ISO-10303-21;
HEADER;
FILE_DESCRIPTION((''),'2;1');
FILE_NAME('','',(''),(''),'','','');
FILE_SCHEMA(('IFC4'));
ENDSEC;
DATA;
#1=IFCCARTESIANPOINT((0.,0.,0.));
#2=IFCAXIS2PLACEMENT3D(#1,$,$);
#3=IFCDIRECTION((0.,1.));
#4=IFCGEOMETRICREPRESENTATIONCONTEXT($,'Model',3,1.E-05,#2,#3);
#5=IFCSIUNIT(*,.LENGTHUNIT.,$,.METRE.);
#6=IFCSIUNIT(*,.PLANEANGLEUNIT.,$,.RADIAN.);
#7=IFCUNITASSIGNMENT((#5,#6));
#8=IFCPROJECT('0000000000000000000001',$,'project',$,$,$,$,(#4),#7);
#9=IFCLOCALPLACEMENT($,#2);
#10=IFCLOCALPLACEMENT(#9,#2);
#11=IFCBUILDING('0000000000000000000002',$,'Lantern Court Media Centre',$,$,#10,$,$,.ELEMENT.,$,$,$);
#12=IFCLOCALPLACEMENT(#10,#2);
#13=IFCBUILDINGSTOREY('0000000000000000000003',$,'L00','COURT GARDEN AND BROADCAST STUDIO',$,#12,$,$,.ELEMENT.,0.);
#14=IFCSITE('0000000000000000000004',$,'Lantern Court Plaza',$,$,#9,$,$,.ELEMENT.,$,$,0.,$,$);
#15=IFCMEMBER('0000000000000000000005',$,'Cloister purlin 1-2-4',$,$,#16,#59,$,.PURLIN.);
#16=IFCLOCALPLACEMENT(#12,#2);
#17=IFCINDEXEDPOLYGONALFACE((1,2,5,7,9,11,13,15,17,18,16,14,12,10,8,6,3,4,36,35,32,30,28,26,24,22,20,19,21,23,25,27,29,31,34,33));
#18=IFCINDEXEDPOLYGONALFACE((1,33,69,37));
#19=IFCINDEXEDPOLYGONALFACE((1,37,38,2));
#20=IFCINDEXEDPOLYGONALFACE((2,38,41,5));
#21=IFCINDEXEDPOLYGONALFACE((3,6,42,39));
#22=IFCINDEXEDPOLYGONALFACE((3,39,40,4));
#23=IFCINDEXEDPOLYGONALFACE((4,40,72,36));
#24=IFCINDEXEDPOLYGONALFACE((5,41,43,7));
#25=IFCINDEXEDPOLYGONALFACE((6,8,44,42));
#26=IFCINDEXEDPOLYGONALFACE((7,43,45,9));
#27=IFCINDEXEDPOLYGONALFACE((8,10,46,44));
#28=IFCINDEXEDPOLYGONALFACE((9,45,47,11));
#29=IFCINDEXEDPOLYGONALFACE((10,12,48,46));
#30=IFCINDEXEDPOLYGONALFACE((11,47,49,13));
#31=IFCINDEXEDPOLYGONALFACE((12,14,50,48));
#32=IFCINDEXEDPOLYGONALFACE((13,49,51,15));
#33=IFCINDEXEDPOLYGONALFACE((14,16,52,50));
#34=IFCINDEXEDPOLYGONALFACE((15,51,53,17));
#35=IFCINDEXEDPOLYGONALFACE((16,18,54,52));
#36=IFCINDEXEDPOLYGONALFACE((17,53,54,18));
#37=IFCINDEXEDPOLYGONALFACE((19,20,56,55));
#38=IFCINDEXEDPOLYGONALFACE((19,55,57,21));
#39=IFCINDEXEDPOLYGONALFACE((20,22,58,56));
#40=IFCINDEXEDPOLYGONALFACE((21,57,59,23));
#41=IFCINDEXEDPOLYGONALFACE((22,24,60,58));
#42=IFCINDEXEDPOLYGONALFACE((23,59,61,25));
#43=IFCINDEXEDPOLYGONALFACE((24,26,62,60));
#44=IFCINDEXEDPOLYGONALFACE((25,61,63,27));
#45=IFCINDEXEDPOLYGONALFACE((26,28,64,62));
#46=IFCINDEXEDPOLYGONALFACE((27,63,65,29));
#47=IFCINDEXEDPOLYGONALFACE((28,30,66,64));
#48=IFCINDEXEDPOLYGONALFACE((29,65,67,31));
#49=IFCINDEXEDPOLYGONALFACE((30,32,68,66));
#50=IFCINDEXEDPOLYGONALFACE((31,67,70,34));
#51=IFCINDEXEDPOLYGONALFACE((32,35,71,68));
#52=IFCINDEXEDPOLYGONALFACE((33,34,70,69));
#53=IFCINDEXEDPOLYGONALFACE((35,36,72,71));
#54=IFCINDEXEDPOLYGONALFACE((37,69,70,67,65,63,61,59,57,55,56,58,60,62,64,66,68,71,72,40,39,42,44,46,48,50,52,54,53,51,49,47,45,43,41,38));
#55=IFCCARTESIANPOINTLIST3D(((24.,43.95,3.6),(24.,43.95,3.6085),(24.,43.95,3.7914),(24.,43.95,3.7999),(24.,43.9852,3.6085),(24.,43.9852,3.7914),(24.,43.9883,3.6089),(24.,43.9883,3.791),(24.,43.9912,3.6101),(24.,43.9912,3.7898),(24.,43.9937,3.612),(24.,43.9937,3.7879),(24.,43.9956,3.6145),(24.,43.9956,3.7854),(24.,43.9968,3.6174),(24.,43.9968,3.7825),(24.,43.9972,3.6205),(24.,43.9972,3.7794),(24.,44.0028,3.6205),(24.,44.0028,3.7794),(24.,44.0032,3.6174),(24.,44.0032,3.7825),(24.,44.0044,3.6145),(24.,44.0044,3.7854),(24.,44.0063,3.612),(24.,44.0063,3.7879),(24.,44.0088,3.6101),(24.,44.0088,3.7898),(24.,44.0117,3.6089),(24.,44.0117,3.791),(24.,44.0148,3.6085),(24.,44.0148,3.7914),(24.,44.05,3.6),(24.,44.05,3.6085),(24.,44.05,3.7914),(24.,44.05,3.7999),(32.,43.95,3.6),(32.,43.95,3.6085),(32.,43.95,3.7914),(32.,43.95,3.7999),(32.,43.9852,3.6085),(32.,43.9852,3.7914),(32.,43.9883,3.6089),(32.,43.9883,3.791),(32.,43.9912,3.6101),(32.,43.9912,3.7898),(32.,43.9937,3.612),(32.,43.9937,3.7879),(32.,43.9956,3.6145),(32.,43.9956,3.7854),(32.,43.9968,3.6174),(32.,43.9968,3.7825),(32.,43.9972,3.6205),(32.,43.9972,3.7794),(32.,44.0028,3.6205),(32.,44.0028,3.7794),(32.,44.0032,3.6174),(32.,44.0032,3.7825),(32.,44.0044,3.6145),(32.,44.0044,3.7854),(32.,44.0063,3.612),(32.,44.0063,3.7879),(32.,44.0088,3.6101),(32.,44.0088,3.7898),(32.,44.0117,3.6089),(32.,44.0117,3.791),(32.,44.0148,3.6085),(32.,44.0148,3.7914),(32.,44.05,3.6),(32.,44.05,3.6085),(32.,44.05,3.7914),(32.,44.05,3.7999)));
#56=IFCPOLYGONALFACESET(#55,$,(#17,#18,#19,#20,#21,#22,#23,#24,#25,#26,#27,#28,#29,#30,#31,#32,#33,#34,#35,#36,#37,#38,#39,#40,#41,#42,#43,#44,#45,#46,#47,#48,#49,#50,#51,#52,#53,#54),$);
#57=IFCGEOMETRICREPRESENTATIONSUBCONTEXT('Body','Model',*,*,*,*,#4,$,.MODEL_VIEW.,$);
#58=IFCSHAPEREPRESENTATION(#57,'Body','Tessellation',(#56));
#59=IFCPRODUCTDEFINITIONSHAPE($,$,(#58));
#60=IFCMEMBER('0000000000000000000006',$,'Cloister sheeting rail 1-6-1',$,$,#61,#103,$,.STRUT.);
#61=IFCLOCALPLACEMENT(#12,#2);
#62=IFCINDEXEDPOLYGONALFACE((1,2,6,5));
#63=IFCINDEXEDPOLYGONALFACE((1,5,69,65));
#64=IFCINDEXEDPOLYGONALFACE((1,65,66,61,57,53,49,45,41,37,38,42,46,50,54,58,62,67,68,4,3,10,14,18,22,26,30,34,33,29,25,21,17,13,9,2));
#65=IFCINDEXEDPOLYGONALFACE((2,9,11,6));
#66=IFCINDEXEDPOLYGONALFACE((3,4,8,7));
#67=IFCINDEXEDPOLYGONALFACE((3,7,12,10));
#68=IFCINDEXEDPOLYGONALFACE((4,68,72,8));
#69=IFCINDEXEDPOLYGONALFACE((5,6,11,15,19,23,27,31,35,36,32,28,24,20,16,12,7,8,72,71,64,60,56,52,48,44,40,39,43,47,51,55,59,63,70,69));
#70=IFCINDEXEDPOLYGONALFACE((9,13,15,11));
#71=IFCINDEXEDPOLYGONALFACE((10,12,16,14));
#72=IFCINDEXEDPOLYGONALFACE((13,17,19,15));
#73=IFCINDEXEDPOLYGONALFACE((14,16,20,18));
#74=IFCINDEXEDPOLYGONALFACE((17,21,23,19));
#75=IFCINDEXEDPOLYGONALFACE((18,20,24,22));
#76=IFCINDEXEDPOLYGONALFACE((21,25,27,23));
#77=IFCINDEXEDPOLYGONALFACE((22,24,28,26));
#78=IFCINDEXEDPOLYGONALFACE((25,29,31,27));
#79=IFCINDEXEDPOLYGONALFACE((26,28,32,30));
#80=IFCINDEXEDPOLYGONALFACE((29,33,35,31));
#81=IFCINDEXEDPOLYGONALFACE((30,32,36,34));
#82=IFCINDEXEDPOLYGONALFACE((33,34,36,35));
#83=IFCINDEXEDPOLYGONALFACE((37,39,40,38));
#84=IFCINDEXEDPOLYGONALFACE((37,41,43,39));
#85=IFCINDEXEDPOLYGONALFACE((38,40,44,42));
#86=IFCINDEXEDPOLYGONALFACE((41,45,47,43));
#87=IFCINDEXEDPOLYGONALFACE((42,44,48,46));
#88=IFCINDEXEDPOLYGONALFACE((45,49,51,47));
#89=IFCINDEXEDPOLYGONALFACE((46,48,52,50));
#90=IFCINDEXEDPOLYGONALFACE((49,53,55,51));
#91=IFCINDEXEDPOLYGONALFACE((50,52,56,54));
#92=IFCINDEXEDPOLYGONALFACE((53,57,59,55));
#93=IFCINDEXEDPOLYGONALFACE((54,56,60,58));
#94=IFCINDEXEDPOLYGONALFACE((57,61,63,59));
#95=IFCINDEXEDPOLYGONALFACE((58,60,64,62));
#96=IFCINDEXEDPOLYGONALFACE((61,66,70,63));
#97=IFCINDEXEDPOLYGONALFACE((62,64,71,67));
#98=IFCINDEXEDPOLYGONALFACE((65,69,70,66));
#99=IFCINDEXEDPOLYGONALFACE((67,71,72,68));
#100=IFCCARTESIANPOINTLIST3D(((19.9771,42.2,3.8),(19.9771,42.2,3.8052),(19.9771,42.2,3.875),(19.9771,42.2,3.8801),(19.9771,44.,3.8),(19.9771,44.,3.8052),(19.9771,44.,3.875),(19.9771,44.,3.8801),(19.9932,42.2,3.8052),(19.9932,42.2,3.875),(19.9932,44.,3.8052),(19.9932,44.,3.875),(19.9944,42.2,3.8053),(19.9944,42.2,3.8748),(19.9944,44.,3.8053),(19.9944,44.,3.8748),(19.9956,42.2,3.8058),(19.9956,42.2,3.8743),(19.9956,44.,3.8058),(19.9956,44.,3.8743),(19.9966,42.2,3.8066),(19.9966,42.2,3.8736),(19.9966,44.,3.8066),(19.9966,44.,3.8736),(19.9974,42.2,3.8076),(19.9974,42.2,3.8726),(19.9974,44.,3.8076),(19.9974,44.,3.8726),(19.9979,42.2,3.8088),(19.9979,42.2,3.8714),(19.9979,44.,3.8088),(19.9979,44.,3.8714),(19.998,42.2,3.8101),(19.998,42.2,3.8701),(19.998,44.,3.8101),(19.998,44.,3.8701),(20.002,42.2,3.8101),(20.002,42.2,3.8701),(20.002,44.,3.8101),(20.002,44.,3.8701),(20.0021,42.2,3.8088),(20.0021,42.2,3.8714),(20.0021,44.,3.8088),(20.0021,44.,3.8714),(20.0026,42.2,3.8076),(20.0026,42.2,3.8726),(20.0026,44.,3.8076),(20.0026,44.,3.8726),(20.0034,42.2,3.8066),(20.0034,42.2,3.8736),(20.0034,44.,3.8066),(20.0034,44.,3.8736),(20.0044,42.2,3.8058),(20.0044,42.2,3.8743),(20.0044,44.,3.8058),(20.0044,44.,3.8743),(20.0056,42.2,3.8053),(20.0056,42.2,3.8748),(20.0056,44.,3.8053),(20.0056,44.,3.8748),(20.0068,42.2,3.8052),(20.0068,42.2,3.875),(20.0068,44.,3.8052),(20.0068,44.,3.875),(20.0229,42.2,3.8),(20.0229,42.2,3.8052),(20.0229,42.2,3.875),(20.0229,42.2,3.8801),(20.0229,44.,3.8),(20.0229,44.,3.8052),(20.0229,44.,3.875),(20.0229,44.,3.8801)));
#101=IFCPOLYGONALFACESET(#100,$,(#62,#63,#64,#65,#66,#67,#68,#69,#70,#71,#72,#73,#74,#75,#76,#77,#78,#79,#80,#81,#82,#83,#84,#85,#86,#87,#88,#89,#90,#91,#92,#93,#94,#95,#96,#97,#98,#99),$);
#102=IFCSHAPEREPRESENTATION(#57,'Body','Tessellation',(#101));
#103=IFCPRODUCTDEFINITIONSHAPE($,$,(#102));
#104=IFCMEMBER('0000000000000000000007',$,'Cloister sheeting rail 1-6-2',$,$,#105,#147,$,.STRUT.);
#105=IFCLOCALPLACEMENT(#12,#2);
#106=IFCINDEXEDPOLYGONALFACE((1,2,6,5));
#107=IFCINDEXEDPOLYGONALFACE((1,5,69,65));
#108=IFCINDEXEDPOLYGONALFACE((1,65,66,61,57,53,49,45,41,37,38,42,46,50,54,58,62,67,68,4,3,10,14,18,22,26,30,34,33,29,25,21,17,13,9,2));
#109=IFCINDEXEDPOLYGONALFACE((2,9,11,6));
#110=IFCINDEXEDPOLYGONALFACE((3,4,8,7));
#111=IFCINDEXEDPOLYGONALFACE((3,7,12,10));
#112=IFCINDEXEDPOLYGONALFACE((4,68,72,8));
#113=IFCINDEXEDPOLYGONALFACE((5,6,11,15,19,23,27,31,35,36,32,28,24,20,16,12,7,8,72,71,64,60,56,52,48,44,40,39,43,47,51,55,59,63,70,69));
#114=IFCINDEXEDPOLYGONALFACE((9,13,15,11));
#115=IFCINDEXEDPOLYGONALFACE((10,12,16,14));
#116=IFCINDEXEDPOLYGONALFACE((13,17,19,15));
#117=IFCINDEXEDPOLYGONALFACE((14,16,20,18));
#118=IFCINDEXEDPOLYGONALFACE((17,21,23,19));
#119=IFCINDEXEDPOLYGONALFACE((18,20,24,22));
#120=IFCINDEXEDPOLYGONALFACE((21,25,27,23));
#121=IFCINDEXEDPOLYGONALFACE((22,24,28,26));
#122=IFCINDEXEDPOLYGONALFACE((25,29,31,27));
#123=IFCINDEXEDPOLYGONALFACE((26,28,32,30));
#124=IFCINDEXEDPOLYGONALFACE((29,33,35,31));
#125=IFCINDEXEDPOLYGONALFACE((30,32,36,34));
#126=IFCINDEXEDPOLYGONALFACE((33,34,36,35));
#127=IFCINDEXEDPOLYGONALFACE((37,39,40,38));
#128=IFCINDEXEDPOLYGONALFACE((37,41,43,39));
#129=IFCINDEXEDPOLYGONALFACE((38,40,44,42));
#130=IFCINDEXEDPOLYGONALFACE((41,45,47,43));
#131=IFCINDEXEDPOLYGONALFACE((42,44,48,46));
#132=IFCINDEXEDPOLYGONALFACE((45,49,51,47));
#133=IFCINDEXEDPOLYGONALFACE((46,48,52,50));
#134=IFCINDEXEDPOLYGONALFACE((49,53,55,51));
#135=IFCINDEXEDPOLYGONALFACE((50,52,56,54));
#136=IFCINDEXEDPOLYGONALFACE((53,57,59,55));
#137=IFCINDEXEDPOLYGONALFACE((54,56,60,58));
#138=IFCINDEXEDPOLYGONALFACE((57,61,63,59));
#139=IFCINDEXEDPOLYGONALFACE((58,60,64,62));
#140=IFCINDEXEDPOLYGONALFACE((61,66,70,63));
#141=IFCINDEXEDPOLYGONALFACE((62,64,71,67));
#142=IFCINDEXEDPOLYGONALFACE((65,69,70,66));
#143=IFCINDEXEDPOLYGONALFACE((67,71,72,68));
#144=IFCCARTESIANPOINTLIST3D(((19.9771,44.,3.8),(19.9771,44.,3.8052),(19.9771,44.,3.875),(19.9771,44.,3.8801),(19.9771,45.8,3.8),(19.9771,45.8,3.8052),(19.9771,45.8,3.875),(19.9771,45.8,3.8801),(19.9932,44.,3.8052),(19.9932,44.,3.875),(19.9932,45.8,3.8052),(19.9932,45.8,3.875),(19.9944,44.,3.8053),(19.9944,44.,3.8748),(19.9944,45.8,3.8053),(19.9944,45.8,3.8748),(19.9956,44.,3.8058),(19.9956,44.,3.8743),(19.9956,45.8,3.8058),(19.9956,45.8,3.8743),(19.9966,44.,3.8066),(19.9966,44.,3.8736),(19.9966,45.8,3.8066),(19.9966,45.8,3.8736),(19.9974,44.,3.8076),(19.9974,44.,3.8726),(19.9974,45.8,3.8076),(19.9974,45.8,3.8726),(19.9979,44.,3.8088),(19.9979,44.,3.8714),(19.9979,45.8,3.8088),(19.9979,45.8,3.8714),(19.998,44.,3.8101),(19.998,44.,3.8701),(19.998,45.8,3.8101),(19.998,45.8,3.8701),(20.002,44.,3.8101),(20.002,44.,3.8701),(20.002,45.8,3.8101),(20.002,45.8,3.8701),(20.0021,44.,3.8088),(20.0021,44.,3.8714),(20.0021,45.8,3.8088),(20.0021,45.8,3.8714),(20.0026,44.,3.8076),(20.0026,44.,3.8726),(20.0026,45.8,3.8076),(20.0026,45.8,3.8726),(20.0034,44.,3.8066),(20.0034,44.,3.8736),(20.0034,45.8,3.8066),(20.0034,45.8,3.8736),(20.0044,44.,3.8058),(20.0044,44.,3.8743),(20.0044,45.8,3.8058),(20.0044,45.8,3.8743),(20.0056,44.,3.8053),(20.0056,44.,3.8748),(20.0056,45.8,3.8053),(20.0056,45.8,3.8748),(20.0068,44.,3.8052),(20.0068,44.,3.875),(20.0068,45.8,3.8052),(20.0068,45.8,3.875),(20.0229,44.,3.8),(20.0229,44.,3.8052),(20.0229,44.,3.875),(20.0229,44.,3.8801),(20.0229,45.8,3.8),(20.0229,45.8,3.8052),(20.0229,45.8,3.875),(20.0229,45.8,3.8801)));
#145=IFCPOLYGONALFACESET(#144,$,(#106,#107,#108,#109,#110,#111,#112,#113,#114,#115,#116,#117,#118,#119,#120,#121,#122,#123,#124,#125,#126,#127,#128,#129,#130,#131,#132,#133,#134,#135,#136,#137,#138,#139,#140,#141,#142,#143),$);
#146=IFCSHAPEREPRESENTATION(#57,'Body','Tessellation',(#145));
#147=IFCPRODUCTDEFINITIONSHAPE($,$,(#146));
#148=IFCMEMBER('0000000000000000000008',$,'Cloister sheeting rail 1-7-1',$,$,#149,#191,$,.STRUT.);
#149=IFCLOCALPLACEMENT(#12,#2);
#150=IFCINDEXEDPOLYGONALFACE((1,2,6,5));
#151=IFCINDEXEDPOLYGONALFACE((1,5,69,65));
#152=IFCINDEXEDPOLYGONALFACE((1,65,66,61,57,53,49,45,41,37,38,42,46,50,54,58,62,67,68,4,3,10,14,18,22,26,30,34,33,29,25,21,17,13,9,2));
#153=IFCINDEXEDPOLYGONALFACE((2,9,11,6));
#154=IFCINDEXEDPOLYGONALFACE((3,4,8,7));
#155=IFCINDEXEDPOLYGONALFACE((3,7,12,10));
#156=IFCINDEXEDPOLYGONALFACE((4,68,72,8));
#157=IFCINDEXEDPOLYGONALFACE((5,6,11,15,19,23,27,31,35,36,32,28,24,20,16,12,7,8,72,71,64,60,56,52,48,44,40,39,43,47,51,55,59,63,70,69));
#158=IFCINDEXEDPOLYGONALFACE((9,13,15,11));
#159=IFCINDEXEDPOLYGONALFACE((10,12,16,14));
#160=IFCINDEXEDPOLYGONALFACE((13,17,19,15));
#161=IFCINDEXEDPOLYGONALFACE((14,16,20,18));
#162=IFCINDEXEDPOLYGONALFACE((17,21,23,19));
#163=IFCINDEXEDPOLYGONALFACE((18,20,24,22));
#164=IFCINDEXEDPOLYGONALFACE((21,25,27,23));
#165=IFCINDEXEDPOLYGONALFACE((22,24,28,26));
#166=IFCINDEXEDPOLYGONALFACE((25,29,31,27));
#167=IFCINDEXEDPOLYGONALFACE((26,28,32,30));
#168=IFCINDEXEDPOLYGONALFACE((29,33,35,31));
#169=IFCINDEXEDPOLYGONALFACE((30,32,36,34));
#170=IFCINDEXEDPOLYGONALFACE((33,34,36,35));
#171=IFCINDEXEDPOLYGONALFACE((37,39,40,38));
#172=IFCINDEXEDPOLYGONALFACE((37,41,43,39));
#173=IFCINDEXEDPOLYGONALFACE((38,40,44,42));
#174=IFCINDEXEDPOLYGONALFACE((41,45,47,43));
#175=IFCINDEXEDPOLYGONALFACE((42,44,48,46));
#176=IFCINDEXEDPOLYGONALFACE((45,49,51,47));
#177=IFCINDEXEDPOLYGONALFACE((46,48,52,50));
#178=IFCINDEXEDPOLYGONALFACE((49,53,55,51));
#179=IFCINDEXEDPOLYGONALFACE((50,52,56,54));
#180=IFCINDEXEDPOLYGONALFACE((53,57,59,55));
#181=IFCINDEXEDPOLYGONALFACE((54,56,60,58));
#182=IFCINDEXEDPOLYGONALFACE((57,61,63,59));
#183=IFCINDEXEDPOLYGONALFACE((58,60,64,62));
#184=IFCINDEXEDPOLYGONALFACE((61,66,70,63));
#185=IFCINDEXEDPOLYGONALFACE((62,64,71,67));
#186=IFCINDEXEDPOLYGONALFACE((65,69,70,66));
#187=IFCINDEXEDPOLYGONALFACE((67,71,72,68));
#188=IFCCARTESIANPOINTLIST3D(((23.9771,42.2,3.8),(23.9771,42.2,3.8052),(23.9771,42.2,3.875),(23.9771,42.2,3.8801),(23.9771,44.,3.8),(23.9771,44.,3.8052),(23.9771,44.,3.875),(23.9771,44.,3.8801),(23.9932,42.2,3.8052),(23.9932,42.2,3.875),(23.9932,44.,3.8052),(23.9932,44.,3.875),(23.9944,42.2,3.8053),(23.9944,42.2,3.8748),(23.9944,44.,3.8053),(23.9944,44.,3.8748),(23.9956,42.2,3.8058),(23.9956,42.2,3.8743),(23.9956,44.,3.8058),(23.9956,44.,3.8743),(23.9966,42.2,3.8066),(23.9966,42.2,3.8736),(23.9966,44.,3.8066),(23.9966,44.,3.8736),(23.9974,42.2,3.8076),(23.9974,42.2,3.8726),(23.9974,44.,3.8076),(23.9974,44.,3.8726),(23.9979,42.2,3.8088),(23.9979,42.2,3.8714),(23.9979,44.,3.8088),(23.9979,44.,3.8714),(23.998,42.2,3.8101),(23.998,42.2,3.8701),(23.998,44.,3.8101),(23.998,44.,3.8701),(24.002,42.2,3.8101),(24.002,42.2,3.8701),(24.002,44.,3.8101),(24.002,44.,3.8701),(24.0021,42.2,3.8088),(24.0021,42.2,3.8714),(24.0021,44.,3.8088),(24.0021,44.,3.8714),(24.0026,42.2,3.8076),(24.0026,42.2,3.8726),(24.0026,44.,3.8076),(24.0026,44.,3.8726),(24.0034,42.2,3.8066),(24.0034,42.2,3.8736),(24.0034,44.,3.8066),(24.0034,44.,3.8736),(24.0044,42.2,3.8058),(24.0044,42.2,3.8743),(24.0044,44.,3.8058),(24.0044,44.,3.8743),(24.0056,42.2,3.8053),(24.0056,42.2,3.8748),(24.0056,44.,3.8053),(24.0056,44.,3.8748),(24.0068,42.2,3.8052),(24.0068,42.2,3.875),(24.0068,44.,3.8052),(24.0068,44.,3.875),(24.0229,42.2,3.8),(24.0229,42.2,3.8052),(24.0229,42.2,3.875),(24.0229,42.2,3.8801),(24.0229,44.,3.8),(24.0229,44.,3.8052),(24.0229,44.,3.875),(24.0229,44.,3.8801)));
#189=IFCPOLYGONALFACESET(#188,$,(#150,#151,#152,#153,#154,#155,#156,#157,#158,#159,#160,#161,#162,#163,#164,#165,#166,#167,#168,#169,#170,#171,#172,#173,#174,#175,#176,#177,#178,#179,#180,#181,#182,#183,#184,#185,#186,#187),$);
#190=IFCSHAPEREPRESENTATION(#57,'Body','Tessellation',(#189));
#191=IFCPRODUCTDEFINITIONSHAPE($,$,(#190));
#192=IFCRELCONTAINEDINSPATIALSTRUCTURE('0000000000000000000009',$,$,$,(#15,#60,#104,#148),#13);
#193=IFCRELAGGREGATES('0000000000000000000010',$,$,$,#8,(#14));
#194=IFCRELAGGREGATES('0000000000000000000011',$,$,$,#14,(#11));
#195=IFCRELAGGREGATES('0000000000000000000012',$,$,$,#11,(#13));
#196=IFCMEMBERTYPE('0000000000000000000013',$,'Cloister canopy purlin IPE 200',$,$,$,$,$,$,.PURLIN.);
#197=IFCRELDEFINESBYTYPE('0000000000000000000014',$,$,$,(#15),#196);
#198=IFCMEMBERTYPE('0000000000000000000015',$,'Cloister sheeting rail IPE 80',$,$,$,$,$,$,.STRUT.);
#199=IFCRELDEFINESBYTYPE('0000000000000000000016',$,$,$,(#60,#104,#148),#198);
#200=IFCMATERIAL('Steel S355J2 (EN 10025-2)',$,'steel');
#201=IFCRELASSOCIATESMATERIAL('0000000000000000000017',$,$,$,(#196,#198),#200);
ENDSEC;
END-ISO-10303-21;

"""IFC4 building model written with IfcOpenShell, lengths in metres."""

from ifc_helpers import new_model, si_unit, direction, frame, origin, origin_2d, place, context, subcontext, project, spatial, i_section, extrude, material, material_profile, profile_set, type_object, element, save


model = new_model("IFC4")

# Units and contexts
model_context = context("Model", 3, precision=1e-05, world=origin(), true_north=direction((0.0, 1.0)))
body_context = subcontext(model_context, "Body", "Model", "MODEL_VIEW")
ifc_project = project(units=[si_unit("LENGTHUNIT", "METRE"), si_unit("PLANEANGLEUNIT", "RADIAN")], contexts=[model_context])

# Site, building, storey
site_placement = place(None, origin())
site = spatial("IfcSite", under=ifc_project, at=site_placement, Name="Lantern Court Plaza", CompositionType="ELEMENT", RefElevation=0.0)
building_placement = place(site_placement, origin())
building = spatial("IfcBuilding", under=site, at=building_placement, Name="Lantern Court Media Centre", CompositionType="ELEMENT")
storey_placement = place(building_placement, origin())
storey = spatial("IfcBuildingStorey", under=building, at=storey_placement, Name="L00", Description="COURT GARDEN AND BROADCAST STUDIO", CompositionType="ELEMENT", Elevation=0.0)

# Shared definitions
ifc_material_1 = material(Name="Steel S355J2 (EN 10025-2)", Category="steel")

# Members
ifc_material_profile_1 = material_profile(ifc_material_1, i_section(OverallWidth=0.1001, OverallDepth=0.2, WebThickness=0.0056, FlangeThickness=0.0085, FilletRadius=0.012, at=origin_2d()), Name="IPE 200")
ifc_profile_set_1 = profile_set([ifc_material_profile_1], Name="Steel S355J2 (EN 10025-2)")
member_type_1 = type_object("IfcMemberType", Name="Cloister canopy purlin IPE 200", PredefinedType="PURLIN", material=ifc_profile_set_1)
for number, where, z_axis, x_axis, name in (
    (1, (24.0, 44.0, 3.7), (1.0, 0.0, 0.0), (0.0, 1.0, 0.0), "Cloister purlin 1-2-4"),
):
    element("IfcMember", number, at=place(storey_placement, frame(where, z_axis=z_axis, x_axis=x_axis)), inside=storey, type_object=member_type_1, Name=name, PredefinedType="PURLIN", context=body_context, shape_type="SweptSolid", body=[
        extrude(i_section(OverallWidth=0.1001, OverallDepth=0.2, WebThickness=0.0056, FlangeThickness=0.0085, FilletRadius=0.012, at=origin_2d()), origin(), (0.0, 0.0, 1.0), 8.0),
    ])
ifc_material_profile_2 = material_profile(ifc_material_1, i_section(OverallWidth=0.0459, OverallDepth=0.0801, WebThickness=0.0039, FlangeThickness=0.0051, FilletRadius=0.0049, at=origin_2d()), Name="IPE 80")
ifc_profile_set_2 = profile_set([ifc_material_profile_2], Name="Steel S355J2 (EN 10025-2)")
member_type_2 = type_object("IfcMemberType", Name="Cloister sheeting rail IPE 80", PredefinedType="STRUT", material=ifc_profile_set_2)
for number, where, z_axis, x_axis, name in (
    (2, (20.0, 42.2, 3.8401), (0.0, 1.0, 0.0), (-1.0, 0.0, 0.0), "Cloister sheeting rail 1-6-1"),
    (3, (20.0, 44.0, 3.8401), (0.0, 1.0, 0.0), (-1.0, 0.0, 0.0), "Cloister sheeting rail 1-6-2"),
    (4, (24.0, 42.2, 3.8401), (0.0, 1.0, 0.0), (-1.0, 0.0, 0.0), "Cloister sheeting rail 1-7-1"),
):
    element("IfcMember", number, at=place(storey_placement, frame(where, z_axis=z_axis, x_axis=x_axis)), inside=storey, type_object=member_type_2, Name=name, PredefinedType="STRUT", context=body_context, shape_type="SweptSolid", body=[
        extrude(i_section(OverallWidth=0.0459, OverallDepth=0.0801, WebThickness=0.0039, FlangeThickness=0.0051, FilletRadius=0.0049, at=origin_2d()), origin(), (0.0, 0.0, 1.0), 1.8),
    ])

save(model, "model.ifc")
